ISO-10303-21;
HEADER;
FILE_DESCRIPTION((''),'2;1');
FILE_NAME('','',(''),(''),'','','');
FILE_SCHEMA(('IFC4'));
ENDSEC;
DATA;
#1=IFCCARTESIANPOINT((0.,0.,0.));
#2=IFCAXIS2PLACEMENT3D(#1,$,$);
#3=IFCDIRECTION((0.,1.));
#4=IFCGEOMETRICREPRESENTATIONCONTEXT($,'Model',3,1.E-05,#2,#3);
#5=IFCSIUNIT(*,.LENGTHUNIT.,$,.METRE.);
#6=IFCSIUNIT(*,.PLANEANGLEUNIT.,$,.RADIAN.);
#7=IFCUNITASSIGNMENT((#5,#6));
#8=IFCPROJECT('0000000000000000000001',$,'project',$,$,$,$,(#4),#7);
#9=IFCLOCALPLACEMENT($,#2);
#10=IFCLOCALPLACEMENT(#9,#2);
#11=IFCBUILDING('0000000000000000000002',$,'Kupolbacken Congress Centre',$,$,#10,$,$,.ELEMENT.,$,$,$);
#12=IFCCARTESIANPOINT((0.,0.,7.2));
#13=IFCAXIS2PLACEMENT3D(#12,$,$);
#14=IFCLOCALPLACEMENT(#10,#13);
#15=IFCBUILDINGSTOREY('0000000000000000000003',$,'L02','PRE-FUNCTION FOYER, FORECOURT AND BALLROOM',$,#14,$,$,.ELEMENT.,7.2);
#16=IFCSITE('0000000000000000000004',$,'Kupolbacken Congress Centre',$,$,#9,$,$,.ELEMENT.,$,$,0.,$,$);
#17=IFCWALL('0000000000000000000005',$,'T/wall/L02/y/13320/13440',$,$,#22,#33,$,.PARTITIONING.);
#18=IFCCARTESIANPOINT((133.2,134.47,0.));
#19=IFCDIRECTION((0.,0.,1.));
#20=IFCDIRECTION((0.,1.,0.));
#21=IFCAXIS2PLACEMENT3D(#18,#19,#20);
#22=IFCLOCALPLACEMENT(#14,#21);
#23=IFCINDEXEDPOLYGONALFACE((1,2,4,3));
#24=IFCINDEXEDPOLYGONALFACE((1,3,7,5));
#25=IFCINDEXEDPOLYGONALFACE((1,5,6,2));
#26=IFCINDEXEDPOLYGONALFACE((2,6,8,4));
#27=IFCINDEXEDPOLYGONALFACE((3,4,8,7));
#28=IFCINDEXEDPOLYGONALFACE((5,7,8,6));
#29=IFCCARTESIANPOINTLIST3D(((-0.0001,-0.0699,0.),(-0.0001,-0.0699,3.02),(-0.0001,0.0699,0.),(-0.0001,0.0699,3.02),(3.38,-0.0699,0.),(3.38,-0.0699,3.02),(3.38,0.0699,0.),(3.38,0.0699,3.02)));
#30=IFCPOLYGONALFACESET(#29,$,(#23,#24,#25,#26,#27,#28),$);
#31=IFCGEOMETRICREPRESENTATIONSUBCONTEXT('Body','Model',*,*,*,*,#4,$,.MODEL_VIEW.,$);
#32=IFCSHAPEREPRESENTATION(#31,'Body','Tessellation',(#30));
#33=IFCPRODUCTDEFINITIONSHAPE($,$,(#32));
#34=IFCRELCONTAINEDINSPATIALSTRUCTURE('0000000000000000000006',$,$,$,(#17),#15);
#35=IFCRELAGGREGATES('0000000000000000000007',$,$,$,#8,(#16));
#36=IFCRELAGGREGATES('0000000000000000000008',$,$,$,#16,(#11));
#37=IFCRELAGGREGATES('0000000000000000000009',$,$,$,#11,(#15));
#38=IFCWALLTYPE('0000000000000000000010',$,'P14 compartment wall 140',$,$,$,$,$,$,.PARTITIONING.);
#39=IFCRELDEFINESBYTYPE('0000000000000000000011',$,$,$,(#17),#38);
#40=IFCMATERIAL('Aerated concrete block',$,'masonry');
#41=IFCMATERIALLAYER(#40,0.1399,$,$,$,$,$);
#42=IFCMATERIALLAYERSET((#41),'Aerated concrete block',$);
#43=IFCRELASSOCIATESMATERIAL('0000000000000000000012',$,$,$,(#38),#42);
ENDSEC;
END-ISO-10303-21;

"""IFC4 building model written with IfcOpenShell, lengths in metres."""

from ifc_helpers import new_model, si_unit, direction, frame, frame_2d, origin, place, context, subcontext, project, spatial, rectangle, extrude, material, layer, layer_set, type_object, element, save


model = new_model("IFC4")

# Units and contexts
model_context = context("Model", 3, precision=1e-05, world=origin(), true_north=direction((0.0, 1.0)))
body_context = subcontext(model_context, "Body", "Model", "MODEL_VIEW")
ifc_project = project(units=[si_unit("LENGTHUNIT", "METRE"), si_unit("PLANEANGLEUNIT", "RADIAN")], contexts=[model_context])

# Site, building, storey
site_placement = place(None, origin())
site = spatial("IfcSite", under=ifc_project, at=site_placement, Name="Kupolbacken Congress Centre", CompositionType="ELEMENT", RefElevation=0.0)
building_placement = place(site_placement, origin())
building = spatial("IfcBuilding", under=site, at=building_placement, Name="Kupolbacken Congress Centre", CompositionType="ELEMENT")
storey_placement = place(building_placement, frame((0.0, 0.0, 7.2)))
storey = spatial("IfcBuildingStorey", under=building, at=storey_placement, Name="L02", Description="PRE-FUNCTION FOYER, FORECOURT AND BALLROOM", CompositionType="ELEMENT", Elevation=7.2)

# Shared definitions
ifc_material_1 = material(Name="Aerated concrete block", Category="masonry")
ifc_layer_1 = layer(ifc_material_1, 0.1399)
ifc_layer_set_1 = layer_set([ifc_layer_1], Name="Aerated concrete block")
wall_type_1 = type_object("IfcWallType", Name="P14 compartment wall 140", PredefinedType="PARTITIONING", material=ifc_layer_set_1)

# Wall
wall_1_placement = place(storey_placement, frame((133.2, 134.47, 0.0), z_axis=(0.0, 0.0, 1.0), x_axis=(0.0, 1.0, 0.0)))
element("IfcWall", 1, at=wall_1_placement, inside=storey, type_object=wall_type_1, Name="T/wall/L02/y/13320/13440", PredefinedType="PARTITIONING", context=body_context, shape_type="SweptSolid", body=[
    extrude(rectangle(XDim=3.3801, YDim=0.1399, at=frame_2d((1.6899, 0.0))), origin(), (0.0, 0.0, 1.0), 3.02),
])

save(model, "model.ifc")
